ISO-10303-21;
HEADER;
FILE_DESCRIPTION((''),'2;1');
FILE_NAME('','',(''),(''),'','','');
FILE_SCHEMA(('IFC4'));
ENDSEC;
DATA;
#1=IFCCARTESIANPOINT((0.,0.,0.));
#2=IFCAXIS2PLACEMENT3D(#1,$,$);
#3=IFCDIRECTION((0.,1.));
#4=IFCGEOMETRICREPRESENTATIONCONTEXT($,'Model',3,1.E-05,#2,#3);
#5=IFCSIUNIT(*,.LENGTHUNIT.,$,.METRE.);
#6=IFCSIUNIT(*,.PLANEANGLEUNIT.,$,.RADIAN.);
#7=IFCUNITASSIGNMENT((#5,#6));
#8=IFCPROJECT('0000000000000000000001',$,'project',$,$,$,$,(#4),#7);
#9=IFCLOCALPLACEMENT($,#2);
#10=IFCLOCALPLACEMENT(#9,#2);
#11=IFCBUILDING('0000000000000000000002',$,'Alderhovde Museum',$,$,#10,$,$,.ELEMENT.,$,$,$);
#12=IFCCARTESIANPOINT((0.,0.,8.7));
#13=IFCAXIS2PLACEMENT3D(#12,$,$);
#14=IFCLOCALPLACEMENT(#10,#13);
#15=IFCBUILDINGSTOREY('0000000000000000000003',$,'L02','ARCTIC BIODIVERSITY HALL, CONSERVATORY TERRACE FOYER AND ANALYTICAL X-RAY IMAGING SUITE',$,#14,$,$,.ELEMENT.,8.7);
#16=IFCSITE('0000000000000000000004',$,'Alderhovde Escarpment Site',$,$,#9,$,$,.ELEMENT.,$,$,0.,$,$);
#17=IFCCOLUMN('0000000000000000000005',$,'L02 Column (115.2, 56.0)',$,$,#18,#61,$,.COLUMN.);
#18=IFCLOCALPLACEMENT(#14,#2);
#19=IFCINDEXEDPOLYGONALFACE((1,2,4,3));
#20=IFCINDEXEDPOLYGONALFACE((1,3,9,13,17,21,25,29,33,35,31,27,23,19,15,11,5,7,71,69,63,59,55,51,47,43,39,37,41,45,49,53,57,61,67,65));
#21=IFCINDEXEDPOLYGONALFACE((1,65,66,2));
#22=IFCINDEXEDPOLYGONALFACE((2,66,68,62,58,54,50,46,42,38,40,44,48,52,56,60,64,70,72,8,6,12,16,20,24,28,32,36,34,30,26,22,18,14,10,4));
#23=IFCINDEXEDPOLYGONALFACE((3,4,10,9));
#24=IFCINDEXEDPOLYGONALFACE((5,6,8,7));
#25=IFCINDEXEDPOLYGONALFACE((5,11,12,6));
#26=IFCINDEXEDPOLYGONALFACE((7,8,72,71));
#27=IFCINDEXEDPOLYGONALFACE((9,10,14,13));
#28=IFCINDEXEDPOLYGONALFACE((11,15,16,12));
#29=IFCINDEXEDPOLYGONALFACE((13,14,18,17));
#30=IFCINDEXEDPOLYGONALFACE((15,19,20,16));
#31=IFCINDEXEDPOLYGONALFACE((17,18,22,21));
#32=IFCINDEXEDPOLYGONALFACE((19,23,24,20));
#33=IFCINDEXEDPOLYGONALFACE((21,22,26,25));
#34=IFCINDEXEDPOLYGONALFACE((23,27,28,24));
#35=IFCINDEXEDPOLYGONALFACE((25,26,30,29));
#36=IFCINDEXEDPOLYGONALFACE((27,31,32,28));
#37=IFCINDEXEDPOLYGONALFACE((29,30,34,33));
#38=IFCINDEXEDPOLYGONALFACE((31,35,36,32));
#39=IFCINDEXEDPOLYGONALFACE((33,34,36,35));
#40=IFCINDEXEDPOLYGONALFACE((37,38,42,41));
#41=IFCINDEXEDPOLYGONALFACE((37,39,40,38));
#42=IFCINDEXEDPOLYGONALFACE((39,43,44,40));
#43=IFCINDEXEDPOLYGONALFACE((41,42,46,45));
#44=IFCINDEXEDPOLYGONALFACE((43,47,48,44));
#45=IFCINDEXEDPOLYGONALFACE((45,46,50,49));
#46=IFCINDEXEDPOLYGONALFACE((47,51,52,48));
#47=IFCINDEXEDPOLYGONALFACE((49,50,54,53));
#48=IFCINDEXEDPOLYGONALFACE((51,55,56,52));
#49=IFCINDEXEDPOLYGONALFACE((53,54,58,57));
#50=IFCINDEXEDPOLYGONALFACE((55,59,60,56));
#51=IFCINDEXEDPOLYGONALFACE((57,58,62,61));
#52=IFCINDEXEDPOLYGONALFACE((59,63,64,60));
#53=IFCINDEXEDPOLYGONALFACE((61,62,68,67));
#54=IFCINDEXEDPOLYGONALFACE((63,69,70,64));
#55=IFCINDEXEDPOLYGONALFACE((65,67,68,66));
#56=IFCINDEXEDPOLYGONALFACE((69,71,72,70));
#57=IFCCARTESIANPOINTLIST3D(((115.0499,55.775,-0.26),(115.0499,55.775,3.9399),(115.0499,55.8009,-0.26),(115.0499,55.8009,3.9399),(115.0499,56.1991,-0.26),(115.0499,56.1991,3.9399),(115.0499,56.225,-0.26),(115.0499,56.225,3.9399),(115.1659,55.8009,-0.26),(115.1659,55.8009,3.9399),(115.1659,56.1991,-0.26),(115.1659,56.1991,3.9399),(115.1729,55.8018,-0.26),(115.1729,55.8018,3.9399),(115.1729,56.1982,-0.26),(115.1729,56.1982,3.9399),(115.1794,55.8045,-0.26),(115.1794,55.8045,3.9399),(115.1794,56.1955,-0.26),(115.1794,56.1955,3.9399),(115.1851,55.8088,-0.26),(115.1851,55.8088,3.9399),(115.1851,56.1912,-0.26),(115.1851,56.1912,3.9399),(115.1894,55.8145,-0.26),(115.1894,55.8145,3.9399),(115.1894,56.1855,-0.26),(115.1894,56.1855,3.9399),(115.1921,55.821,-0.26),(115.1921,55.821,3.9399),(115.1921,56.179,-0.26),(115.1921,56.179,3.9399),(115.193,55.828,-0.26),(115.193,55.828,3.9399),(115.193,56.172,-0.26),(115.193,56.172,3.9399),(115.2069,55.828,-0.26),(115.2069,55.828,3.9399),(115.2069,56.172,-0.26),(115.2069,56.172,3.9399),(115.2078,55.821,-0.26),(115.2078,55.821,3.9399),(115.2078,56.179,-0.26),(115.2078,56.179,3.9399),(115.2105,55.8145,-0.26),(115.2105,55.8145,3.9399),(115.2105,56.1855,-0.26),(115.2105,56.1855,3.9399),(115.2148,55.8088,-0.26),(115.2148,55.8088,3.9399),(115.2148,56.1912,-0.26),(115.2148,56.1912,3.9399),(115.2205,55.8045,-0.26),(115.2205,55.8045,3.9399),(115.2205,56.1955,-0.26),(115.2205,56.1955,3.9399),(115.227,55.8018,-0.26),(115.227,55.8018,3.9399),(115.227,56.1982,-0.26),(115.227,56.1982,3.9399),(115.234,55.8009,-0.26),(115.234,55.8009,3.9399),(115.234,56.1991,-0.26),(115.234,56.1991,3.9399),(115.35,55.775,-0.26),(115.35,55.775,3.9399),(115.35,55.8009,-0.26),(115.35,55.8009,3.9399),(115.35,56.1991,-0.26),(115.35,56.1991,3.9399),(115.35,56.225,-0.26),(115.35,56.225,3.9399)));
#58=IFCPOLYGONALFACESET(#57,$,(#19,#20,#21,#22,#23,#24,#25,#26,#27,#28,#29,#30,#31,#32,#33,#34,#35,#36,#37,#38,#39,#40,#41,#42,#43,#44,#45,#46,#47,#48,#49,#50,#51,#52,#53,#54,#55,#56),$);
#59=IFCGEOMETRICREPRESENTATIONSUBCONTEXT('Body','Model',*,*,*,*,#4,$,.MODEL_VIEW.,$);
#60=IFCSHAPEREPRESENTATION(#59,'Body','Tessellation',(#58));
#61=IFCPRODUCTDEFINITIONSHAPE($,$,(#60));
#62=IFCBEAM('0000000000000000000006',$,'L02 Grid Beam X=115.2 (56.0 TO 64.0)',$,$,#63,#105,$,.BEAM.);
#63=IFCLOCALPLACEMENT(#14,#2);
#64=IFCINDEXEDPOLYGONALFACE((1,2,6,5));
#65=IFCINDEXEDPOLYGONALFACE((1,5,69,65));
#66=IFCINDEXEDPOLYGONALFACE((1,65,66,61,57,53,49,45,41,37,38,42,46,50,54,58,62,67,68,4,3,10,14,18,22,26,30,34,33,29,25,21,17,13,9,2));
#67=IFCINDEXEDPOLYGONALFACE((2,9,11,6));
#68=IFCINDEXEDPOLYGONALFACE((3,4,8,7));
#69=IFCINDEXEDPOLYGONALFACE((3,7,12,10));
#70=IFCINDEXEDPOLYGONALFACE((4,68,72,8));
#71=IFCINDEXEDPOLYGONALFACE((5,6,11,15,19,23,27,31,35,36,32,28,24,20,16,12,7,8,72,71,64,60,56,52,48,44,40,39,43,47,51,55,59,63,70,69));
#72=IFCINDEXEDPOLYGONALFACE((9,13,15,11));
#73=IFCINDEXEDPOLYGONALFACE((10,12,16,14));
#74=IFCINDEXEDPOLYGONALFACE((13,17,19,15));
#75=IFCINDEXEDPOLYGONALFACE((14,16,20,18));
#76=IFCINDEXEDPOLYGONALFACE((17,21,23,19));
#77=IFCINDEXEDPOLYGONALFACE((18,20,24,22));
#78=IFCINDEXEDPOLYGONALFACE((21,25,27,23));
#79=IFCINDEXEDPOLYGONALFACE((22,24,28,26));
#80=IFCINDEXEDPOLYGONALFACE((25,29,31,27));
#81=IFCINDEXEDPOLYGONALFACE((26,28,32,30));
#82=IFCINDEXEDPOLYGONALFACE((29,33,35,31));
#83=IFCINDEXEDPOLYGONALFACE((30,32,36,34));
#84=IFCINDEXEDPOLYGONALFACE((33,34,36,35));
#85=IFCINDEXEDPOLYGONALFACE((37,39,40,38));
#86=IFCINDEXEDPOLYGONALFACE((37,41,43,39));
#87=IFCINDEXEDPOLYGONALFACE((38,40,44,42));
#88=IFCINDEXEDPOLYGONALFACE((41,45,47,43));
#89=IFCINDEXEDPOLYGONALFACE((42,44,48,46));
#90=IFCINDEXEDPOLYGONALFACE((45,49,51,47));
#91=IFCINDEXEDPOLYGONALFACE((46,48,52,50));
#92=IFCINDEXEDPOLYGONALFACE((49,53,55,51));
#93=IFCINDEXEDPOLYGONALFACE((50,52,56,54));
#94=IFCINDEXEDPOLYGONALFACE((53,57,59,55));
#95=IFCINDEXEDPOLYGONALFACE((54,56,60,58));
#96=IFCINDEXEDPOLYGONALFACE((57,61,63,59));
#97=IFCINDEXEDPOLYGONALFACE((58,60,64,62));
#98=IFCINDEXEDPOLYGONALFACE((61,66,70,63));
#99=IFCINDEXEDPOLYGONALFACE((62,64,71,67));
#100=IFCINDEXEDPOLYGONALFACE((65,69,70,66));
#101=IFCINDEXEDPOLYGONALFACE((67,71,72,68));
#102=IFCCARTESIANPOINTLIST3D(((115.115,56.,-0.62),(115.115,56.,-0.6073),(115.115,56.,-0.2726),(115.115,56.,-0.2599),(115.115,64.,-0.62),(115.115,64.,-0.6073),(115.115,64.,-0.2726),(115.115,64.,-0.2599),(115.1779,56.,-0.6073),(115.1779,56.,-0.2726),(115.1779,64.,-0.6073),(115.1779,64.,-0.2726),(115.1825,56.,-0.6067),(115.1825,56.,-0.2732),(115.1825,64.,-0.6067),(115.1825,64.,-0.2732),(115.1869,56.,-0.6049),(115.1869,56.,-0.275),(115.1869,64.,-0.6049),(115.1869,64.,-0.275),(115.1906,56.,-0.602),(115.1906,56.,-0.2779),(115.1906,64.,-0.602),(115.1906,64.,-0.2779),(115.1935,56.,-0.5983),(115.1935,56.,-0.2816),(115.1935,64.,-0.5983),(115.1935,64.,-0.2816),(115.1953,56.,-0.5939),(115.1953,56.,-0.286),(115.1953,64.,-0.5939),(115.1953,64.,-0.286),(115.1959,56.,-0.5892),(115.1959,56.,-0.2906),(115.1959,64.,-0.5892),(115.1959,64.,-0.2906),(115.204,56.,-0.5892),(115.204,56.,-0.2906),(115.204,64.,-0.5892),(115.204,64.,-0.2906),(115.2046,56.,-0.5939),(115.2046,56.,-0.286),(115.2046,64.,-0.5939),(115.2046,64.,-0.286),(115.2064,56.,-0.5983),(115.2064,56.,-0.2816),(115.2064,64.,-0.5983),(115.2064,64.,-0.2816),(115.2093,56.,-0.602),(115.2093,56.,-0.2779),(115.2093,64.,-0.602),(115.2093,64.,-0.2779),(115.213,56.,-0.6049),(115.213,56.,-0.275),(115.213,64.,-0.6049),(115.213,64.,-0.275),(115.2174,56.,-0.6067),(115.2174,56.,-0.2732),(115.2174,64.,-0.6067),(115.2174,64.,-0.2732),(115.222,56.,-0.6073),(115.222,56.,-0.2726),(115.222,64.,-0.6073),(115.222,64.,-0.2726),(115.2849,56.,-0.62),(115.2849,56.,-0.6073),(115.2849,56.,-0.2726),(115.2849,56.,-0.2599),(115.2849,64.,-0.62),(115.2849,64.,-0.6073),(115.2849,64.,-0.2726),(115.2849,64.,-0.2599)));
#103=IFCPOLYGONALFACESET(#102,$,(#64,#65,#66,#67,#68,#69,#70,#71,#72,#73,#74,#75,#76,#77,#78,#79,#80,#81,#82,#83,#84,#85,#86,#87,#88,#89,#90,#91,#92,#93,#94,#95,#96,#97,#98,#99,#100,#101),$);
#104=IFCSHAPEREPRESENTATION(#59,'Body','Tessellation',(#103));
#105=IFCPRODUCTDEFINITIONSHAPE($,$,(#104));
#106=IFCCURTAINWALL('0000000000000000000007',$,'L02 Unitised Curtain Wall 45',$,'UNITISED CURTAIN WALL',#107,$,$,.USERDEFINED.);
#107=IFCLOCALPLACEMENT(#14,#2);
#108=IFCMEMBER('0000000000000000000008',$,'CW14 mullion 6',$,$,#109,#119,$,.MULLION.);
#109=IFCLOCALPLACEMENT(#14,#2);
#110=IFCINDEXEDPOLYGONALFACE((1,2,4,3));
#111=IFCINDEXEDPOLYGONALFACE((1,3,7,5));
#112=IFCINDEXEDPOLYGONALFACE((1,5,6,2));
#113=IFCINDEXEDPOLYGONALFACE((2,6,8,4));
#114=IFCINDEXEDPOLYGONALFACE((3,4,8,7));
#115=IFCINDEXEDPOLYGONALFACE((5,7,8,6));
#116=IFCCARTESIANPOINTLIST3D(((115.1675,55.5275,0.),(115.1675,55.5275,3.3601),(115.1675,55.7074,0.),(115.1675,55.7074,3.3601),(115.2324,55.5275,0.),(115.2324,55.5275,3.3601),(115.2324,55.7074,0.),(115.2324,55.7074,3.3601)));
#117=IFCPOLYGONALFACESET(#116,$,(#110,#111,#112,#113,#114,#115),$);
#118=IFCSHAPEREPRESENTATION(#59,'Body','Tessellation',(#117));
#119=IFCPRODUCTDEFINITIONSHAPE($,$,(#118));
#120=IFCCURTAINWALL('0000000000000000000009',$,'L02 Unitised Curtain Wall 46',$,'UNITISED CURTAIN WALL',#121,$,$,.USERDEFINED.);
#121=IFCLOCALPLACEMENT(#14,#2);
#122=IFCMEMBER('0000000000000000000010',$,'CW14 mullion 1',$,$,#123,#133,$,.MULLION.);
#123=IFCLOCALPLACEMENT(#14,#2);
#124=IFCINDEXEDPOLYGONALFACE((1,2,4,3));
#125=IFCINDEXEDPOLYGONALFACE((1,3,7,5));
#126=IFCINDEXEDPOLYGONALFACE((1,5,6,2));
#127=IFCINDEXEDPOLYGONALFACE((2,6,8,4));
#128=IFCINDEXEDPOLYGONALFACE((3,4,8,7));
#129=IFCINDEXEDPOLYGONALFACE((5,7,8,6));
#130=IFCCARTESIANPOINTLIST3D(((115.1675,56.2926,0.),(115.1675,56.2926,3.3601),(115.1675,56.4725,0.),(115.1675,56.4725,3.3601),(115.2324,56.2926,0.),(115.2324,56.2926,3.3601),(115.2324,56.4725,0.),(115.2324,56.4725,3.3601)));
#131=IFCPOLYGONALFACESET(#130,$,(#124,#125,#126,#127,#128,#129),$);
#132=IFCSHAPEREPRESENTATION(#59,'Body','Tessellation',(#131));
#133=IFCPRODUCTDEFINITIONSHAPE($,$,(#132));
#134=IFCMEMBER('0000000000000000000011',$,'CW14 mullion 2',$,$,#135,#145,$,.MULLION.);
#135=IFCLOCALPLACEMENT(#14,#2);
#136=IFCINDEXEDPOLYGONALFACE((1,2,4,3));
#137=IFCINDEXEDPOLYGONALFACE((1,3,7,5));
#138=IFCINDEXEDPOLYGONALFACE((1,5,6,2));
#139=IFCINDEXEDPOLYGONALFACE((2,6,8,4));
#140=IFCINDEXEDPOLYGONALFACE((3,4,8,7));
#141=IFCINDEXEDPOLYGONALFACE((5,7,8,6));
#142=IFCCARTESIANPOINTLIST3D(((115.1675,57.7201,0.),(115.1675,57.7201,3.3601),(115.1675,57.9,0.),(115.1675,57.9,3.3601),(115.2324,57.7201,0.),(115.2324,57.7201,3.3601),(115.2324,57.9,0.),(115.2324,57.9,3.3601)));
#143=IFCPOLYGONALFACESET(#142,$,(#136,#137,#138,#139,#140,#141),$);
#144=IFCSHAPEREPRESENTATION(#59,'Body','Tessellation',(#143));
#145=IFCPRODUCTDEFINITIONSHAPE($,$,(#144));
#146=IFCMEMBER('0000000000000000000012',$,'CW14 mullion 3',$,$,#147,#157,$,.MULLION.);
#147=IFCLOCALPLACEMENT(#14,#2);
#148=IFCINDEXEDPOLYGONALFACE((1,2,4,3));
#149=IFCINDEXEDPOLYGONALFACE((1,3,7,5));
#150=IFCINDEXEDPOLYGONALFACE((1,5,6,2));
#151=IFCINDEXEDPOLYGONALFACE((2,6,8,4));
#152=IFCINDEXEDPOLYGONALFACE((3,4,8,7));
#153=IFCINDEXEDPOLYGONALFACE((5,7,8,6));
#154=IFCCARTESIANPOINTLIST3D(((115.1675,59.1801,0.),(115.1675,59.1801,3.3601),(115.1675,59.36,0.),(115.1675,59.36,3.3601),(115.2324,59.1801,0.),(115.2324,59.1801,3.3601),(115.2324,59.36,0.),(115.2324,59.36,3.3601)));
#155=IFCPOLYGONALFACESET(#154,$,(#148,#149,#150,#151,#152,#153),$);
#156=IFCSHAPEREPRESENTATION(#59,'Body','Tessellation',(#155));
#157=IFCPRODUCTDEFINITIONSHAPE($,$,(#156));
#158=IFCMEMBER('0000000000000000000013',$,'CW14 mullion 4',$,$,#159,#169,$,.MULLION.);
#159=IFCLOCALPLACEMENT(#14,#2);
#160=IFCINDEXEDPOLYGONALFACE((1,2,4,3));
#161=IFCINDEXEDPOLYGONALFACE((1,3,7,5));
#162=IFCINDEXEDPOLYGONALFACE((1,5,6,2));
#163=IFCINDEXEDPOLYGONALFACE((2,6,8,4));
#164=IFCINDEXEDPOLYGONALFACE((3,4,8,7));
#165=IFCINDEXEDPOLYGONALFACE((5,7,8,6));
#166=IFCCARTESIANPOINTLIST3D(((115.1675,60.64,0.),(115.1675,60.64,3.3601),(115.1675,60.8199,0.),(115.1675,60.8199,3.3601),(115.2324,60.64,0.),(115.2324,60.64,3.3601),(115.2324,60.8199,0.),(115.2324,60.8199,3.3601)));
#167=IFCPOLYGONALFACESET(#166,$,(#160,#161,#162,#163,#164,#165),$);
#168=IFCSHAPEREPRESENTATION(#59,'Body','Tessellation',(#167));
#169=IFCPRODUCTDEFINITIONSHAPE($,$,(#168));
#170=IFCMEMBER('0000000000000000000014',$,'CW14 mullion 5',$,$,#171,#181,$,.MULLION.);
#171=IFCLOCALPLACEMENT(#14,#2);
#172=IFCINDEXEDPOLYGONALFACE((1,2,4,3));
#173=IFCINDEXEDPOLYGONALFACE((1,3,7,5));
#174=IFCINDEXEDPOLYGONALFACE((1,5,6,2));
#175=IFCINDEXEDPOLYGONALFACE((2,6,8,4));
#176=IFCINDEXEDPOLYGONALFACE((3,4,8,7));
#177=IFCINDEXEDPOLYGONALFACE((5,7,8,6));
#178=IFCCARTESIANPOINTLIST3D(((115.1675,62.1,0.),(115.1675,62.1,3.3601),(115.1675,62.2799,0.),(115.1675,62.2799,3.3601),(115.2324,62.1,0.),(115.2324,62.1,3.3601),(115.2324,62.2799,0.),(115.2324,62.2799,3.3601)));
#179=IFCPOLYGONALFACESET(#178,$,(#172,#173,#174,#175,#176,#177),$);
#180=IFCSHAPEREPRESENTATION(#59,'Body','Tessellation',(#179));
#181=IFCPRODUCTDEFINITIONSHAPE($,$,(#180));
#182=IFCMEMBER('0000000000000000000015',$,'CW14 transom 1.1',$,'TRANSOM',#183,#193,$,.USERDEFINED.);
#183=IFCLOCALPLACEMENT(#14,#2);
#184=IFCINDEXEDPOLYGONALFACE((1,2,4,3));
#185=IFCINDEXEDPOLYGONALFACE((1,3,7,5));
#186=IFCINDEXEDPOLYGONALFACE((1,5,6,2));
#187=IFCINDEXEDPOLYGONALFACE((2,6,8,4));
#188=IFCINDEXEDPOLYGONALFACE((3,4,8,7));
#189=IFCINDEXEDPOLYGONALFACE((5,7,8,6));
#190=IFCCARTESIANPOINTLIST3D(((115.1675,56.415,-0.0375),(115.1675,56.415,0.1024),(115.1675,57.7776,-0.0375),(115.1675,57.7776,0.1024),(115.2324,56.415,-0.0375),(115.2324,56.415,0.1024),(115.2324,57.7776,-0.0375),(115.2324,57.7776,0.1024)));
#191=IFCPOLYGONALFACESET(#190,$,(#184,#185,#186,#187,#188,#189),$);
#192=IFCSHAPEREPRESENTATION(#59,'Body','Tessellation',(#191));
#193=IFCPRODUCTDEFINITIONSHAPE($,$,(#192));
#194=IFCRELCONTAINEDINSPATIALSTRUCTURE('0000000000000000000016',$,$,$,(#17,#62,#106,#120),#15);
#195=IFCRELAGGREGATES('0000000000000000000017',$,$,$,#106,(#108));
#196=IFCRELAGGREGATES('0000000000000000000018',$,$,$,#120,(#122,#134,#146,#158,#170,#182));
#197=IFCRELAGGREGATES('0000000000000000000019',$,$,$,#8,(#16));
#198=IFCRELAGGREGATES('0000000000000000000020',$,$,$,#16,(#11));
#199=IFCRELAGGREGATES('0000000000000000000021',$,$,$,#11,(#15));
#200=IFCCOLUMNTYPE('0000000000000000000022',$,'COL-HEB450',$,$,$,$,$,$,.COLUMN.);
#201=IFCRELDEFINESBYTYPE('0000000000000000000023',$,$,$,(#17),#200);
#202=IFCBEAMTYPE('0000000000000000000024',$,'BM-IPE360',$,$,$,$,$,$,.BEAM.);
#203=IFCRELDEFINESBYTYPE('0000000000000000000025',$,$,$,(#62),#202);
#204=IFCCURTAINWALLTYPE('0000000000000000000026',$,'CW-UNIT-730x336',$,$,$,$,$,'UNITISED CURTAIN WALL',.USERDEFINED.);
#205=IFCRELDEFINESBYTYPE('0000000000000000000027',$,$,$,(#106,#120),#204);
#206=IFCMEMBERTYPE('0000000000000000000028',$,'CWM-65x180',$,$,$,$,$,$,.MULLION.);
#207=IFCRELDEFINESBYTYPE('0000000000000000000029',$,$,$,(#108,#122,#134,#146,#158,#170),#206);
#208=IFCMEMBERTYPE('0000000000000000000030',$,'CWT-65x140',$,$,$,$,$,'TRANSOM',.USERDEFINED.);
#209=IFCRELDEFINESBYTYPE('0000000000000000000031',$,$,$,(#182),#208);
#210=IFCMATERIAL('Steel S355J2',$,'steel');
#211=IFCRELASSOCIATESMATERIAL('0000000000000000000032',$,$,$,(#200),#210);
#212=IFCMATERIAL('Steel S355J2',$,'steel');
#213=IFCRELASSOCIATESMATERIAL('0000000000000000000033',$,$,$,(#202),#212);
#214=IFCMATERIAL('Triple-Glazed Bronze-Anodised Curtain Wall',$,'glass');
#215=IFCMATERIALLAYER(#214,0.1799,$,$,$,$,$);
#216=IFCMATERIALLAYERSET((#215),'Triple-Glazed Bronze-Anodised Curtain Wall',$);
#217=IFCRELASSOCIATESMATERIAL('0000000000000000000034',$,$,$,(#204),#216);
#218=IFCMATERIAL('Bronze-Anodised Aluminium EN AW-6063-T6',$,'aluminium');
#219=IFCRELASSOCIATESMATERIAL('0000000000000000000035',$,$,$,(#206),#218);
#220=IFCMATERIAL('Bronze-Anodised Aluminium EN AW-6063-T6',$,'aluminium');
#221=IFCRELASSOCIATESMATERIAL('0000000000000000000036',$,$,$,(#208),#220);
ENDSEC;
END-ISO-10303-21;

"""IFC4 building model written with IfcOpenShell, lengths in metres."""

from ifc_helpers import new_model, si_unit, direction, frame, origin, origin_2d, place, context, subcontext, project, spatial, rectangle, i_section, extrude, material, layer, layer_set, material_profile, profile_set, type_object, element, aggregate, save


model = new_model("IFC4")

# Units and contexts
model_context = context("Model", 3, precision=1e-05, world=origin(), true_north=direction((0.0, 1.0)))
body_context = subcontext(model_context, "Body", "Model", "MODEL_VIEW")
ifc_project = project(units=[si_unit("LENGTHUNIT", "METRE"), si_unit("PLANEANGLEUNIT", "RADIAN")], contexts=[model_context])

# Site, building, storey
site_placement = place(None, origin())
site = spatial("IfcSite", under=ifc_project, at=site_placement, Name="Alderhovde Escarpment Site", CompositionType="ELEMENT", RefElevation=0.0)
building_placement = place(site_placement, origin())
building = spatial("IfcBuilding", under=site, at=building_placement, Name="Alderhovde Museum", CompositionType="ELEMENT")
storey_placement = place(building_placement, frame((0.0, 0.0, 8.7)))
storey = spatial("IfcBuildingStorey", under=building, at=storey_placement, Name="L02", Description="ARCTIC BIODIVERSITY HALL, CONSERVATORY TERRACE FOYER AND ANALYTICAL X-RAY IMAGING SUITE", CompositionType="ELEMENT", Elevation=8.7)

# Column
ifc_material_1 = material(Name="Steel S355J2", Category="steel")
ifc_material_profile_1 = material_profile(ifc_material_1, i_section(OverallWidth=0.3, OverallDepth=0.45, WebThickness=0.0139, FlangeThickness=0.0259, FilletRadius=0.0271, at=origin_2d()), Name="HEB 450")
ifc_profile_set_1 = profile_set([ifc_material_profile_1], Name="Steel S355J2")
column_type = type_object("IfcColumnType", Name="COL-HEB450", PredefinedType="COLUMN", material=ifc_profile_set_1)
column_placement = place(storey_placement, frame((115.2, 56.0, -0.26), z_axis=(0.0, 0.0, 1.0), x_axis=(1.0, 0.0, 0.0)))
element("IfcColumn", 1, at=column_placement, inside=storey, type_object=column_type, Name="L02 Column (115.2, 56.0)", PredefinedType="COLUMN", context=body_context, shape_type="SweptSolid", body=[
    extrude(i_section(OverallWidth=0.3, OverallDepth=0.45, WebThickness=0.0139, FlangeThickness=0.0259, FilletRadius=0.0271, at=origin_2d()), origin(), (0.0, 0.0, 1.0), 4.2),
])

# Beam
ifc_material_2 = material(Name="Steel S355J2", Category="steel")
ifc_material_profile_2 = material_profile(ifc_material_2, i_section(OverallWidth=0.1699, OverallDepth=0.3601, WebThickness=0.0081, FlangeThickness=0.0127, FilletRadius=0.0181, at=origin_2d()), Name="IPE 360")
ifc_profile_set_2 = profile_set([ifc_material_profile_2], Name="Steel S355J2")
beam_type = type_object("IfcBeamType", Name="BM-IPE360", PredefinedType="BEAM", material=ifc_profile_set_2)
beam_placement = place(storey_placement, frame((115.2, 56.0, -0.4399), z_axis=(0.0, 1.0, 0.0), x_axis=(-1.0, 0.0, 0.0)))
element("IfcBeam", 2, at=beam_placement, inside=storey, type_object=beam_type, Name="L02 Grid Beam X=115.2 (56.0 TO 64.0)", PredefinedType="BEAM", context=body_context, shape_type="SweptSolid", body=[
    extrude(i_section(OverallWidth=0.1699, OverallDepth=0.3601, WebThickness=0.0081, FlangeThickness=0.0127, FilletRadius=0.0181, at=origin_2d()), origin(), (0.0, 0.0, 1.0), 8.0),
])

# Curtain wall, member
ifc_material_3 = material(Name="Triple-Glazed Bronze-Anodised Curtain Wall", Category="glass")
ifc_layer_1 = layer(ifc_material_3, 0.1799)
ifc_layer_set_1 = layer_set([ifc_layer_1], Name="Triple-Glazed Bronze-Anodised Curtain Wall")
curtain_wall_type = type_object("IfcCurtainWallType", Name="CW-UNIT-730x336", ElementType="UNITISED CURTAIN WALL", PredefinedType="USERDEFINED", material=ifc_layer_set_1)
curtain_wall_1_placement = place(storey_placement, origin())
curtain_wall_1 = element("IfcCurtainWall", 3, at=curtain_wall_1_placement, inside=storey, type_object=curtain_wall_type, Name="L02 Unitised Curtain Wall 45", ObjectType="UNITISED CURTAIN WALL", PredefinedType="USERDEFINED")
ifc_material_4 = material(Name="Bronze-Anodised Aluminium EN AW-6063-T6", Category="aluminium")
ifc_material_profile_3 = material_profile(ifc_material_4, rectangle(XDim=0.0649, YDim=0.1799, at=origin_2d()), Name="MULLION 65x180")
ifc_profile_set_3 = profile_set([ifc_material_profile_3], Name="Bronze-Anodised Aluminium EN AW-6063-T6")
member_type_1 = type_object("IfcMemberType", Name="CWM-65x180", PredefinedType="MULLION", material=ifc_profile_set_3)
member_1_placement = place(storey_placement, frame((115.2, 55.6174, 0.0), z_axis=(0.0, 0.0, 1.0), x_axis=(-1.0, 0.0, 0.0)))
member_1 = element("IfcMember", 4, at=member_1_placement, type_object=member_type_1, Name="CW14 mullion 6", PredefinedType="MULLION", context=body_context, shape_type="SweptSolid", body=[
    extrude(rectangle(XDim=0.0649, YDim=0.1799, at=origin_2d()), origin(), (0.0, 0.0, 1.0), 3.3601),
])
aggregate(curtain_wall_1, [member_1])

# Curtain wall, members
curtain_wall_2_placement = place(storey_placement, origin())
curtain_wall_2 = element("IfcCurtainWall", 5, at=curtain_wall_2_placement, inside=storey, type_object=curtain_wall_type, Name="L02 Unitised Curtain Wall 46", ObjectType="UNITISED CURTAIN WALL", PredefinedType="USERDEFINED")
member_2_placement = place(storey_placement, frame((115.2, 56.3826, 0.0), z_axis=(0.0, 0.0, 1.0), x_axis=(-1.0, 0.0, 0.0)))
member_2 = element("IfcMember", 6, at=member_2_placement, type_object=member_type_1, Name="CW14 mullion 1", PredefinedType="MULLION", context=body_context, shape_type="SweptSolid", body=[
    extrude(rectangle(XDim=0.0649, YDim=0.1799, at=origin_2d()), origin(), (0.0, 0.0, 1.0), 3.3601),
])
member_3_placement = place(storey_placement, frame((115.2, 57.8101, 0.0), z_axis=(0.0, 0.0, 1.0), x_axis=(-1.0, 0.0, 0.0)))
member_3 = element("IfcMember", 7, at=member_3_placement, type_object=member_type_1, Name="CW14 mullion 2", PredefinedType="MULLION", context=body_context, shape_type="SweptSolid", body=[
    extrude(rectangle(XDim=0.0649, YDim=0.1799, at=origin_2d()), origin(), (0.0, 0.0, 1.0), 3.3601),
])
member_4_placement = place(storey_placement, frame((115.2, 59.27, 0.0), z_axis=(0.0, 0.0, 1.0), x_axis=(-1.0, 0.0, 0.0)))
member_4 = element("IfcMember", 8, at=member_4_placement, type_object=member_type_1, Name="CW14 mullion 3", PredefinedType="MULLION", context=body_context, shape_type="SweptSolid", body=[
    extrude(rectangle(XDim=0.0649, YDim=0.1799, at=origin_2d()), origin(), (0.0, 0.0, 1.0), 3.3601),
])
member_5_placement = place(storey_placement, frame((115.2, 60.73, 0.0), z_axis=(0.0, 0.0, 1.0), x_axis=(-1.0, 0.0, 0.0)))
member_5 = element("IfcMember", 9, at=member_5_placement, type_object=member_type_1, Name="CW14 mullion 4", PredefinedType="MULLION", context=body_context, shape_type="SweptSolid", body=[
    extrude(rectangle(XDim=0.0649, YDim=0.1799, at=origin_2d()), origin(), (0.0, 0.0, 1.0), 3.3601),
])
member_6_placement = place(storey_placement, frame((115.2, 62.1899, 0.0), z_axis=(0.0, 0.0, 1.0), x_axis=(-1.0, 0.0, 0.0)))
member_6 = element("IfcMember", 10, at=member_6_placement, type_object=member_type_1, Name="CW14 mullion 5", PredefinedType="MULLION", context=body_context, shape_type="SweptSolid", body=[
    extrude(rectangle(XDim=0.0649, YDim=0.1799, at=origin_2d()), origin(), (0.0, 0.0, 1.0), 3.3601),
])
ifc_material_5 = material(Name="Bronze-Anodised Aluminium EN AW-6063-T6", Category="aluminium")
ifc_material_profile_4 = material_profile(ifc_material_5, rectangle(XDim=0.0649, YDim=0.1399, at=origin_2d()), Name="TRANSOM 65x140")
ifc_profile_set_4 = profile_set([ifc_material_profile_4], Name="Bronze-Anodised Aluminium EN AW-6063-T6")
member_type_2 = type_object("IfcMemberType", Name="CWT-65x140", ElementType="TRANSOM", PredefinedType="USERDEFINED", material=ifc_profile_set_4)
member_7_placement = place(storey_placement, frame((115.2, 56.415, 0.0325), z_axis=(0.0, 1.0, 0.0), x_axis=(-1.0, 0.0, 0.0)))
member_7 = element("IfcMember", 11, at=member_7_placement, type_object=member_type_2, Name="CW14 transom 1.1", ObjectType="TRANSOM", PredefinedType="USERDEFINED", context=body_context, shape_type="SweptSolid", body=[
    extrude(rectangle(XDim=0.0649, YDim=0.1399, at=origin_2d()), origin(), (0.0, 0.0, 1.0), 1.3625),
])
aggregate(curtain_wall_2, [member_2, member_3, member_4, member_5, member_6, member_7])

save(model, "model.ifc")
